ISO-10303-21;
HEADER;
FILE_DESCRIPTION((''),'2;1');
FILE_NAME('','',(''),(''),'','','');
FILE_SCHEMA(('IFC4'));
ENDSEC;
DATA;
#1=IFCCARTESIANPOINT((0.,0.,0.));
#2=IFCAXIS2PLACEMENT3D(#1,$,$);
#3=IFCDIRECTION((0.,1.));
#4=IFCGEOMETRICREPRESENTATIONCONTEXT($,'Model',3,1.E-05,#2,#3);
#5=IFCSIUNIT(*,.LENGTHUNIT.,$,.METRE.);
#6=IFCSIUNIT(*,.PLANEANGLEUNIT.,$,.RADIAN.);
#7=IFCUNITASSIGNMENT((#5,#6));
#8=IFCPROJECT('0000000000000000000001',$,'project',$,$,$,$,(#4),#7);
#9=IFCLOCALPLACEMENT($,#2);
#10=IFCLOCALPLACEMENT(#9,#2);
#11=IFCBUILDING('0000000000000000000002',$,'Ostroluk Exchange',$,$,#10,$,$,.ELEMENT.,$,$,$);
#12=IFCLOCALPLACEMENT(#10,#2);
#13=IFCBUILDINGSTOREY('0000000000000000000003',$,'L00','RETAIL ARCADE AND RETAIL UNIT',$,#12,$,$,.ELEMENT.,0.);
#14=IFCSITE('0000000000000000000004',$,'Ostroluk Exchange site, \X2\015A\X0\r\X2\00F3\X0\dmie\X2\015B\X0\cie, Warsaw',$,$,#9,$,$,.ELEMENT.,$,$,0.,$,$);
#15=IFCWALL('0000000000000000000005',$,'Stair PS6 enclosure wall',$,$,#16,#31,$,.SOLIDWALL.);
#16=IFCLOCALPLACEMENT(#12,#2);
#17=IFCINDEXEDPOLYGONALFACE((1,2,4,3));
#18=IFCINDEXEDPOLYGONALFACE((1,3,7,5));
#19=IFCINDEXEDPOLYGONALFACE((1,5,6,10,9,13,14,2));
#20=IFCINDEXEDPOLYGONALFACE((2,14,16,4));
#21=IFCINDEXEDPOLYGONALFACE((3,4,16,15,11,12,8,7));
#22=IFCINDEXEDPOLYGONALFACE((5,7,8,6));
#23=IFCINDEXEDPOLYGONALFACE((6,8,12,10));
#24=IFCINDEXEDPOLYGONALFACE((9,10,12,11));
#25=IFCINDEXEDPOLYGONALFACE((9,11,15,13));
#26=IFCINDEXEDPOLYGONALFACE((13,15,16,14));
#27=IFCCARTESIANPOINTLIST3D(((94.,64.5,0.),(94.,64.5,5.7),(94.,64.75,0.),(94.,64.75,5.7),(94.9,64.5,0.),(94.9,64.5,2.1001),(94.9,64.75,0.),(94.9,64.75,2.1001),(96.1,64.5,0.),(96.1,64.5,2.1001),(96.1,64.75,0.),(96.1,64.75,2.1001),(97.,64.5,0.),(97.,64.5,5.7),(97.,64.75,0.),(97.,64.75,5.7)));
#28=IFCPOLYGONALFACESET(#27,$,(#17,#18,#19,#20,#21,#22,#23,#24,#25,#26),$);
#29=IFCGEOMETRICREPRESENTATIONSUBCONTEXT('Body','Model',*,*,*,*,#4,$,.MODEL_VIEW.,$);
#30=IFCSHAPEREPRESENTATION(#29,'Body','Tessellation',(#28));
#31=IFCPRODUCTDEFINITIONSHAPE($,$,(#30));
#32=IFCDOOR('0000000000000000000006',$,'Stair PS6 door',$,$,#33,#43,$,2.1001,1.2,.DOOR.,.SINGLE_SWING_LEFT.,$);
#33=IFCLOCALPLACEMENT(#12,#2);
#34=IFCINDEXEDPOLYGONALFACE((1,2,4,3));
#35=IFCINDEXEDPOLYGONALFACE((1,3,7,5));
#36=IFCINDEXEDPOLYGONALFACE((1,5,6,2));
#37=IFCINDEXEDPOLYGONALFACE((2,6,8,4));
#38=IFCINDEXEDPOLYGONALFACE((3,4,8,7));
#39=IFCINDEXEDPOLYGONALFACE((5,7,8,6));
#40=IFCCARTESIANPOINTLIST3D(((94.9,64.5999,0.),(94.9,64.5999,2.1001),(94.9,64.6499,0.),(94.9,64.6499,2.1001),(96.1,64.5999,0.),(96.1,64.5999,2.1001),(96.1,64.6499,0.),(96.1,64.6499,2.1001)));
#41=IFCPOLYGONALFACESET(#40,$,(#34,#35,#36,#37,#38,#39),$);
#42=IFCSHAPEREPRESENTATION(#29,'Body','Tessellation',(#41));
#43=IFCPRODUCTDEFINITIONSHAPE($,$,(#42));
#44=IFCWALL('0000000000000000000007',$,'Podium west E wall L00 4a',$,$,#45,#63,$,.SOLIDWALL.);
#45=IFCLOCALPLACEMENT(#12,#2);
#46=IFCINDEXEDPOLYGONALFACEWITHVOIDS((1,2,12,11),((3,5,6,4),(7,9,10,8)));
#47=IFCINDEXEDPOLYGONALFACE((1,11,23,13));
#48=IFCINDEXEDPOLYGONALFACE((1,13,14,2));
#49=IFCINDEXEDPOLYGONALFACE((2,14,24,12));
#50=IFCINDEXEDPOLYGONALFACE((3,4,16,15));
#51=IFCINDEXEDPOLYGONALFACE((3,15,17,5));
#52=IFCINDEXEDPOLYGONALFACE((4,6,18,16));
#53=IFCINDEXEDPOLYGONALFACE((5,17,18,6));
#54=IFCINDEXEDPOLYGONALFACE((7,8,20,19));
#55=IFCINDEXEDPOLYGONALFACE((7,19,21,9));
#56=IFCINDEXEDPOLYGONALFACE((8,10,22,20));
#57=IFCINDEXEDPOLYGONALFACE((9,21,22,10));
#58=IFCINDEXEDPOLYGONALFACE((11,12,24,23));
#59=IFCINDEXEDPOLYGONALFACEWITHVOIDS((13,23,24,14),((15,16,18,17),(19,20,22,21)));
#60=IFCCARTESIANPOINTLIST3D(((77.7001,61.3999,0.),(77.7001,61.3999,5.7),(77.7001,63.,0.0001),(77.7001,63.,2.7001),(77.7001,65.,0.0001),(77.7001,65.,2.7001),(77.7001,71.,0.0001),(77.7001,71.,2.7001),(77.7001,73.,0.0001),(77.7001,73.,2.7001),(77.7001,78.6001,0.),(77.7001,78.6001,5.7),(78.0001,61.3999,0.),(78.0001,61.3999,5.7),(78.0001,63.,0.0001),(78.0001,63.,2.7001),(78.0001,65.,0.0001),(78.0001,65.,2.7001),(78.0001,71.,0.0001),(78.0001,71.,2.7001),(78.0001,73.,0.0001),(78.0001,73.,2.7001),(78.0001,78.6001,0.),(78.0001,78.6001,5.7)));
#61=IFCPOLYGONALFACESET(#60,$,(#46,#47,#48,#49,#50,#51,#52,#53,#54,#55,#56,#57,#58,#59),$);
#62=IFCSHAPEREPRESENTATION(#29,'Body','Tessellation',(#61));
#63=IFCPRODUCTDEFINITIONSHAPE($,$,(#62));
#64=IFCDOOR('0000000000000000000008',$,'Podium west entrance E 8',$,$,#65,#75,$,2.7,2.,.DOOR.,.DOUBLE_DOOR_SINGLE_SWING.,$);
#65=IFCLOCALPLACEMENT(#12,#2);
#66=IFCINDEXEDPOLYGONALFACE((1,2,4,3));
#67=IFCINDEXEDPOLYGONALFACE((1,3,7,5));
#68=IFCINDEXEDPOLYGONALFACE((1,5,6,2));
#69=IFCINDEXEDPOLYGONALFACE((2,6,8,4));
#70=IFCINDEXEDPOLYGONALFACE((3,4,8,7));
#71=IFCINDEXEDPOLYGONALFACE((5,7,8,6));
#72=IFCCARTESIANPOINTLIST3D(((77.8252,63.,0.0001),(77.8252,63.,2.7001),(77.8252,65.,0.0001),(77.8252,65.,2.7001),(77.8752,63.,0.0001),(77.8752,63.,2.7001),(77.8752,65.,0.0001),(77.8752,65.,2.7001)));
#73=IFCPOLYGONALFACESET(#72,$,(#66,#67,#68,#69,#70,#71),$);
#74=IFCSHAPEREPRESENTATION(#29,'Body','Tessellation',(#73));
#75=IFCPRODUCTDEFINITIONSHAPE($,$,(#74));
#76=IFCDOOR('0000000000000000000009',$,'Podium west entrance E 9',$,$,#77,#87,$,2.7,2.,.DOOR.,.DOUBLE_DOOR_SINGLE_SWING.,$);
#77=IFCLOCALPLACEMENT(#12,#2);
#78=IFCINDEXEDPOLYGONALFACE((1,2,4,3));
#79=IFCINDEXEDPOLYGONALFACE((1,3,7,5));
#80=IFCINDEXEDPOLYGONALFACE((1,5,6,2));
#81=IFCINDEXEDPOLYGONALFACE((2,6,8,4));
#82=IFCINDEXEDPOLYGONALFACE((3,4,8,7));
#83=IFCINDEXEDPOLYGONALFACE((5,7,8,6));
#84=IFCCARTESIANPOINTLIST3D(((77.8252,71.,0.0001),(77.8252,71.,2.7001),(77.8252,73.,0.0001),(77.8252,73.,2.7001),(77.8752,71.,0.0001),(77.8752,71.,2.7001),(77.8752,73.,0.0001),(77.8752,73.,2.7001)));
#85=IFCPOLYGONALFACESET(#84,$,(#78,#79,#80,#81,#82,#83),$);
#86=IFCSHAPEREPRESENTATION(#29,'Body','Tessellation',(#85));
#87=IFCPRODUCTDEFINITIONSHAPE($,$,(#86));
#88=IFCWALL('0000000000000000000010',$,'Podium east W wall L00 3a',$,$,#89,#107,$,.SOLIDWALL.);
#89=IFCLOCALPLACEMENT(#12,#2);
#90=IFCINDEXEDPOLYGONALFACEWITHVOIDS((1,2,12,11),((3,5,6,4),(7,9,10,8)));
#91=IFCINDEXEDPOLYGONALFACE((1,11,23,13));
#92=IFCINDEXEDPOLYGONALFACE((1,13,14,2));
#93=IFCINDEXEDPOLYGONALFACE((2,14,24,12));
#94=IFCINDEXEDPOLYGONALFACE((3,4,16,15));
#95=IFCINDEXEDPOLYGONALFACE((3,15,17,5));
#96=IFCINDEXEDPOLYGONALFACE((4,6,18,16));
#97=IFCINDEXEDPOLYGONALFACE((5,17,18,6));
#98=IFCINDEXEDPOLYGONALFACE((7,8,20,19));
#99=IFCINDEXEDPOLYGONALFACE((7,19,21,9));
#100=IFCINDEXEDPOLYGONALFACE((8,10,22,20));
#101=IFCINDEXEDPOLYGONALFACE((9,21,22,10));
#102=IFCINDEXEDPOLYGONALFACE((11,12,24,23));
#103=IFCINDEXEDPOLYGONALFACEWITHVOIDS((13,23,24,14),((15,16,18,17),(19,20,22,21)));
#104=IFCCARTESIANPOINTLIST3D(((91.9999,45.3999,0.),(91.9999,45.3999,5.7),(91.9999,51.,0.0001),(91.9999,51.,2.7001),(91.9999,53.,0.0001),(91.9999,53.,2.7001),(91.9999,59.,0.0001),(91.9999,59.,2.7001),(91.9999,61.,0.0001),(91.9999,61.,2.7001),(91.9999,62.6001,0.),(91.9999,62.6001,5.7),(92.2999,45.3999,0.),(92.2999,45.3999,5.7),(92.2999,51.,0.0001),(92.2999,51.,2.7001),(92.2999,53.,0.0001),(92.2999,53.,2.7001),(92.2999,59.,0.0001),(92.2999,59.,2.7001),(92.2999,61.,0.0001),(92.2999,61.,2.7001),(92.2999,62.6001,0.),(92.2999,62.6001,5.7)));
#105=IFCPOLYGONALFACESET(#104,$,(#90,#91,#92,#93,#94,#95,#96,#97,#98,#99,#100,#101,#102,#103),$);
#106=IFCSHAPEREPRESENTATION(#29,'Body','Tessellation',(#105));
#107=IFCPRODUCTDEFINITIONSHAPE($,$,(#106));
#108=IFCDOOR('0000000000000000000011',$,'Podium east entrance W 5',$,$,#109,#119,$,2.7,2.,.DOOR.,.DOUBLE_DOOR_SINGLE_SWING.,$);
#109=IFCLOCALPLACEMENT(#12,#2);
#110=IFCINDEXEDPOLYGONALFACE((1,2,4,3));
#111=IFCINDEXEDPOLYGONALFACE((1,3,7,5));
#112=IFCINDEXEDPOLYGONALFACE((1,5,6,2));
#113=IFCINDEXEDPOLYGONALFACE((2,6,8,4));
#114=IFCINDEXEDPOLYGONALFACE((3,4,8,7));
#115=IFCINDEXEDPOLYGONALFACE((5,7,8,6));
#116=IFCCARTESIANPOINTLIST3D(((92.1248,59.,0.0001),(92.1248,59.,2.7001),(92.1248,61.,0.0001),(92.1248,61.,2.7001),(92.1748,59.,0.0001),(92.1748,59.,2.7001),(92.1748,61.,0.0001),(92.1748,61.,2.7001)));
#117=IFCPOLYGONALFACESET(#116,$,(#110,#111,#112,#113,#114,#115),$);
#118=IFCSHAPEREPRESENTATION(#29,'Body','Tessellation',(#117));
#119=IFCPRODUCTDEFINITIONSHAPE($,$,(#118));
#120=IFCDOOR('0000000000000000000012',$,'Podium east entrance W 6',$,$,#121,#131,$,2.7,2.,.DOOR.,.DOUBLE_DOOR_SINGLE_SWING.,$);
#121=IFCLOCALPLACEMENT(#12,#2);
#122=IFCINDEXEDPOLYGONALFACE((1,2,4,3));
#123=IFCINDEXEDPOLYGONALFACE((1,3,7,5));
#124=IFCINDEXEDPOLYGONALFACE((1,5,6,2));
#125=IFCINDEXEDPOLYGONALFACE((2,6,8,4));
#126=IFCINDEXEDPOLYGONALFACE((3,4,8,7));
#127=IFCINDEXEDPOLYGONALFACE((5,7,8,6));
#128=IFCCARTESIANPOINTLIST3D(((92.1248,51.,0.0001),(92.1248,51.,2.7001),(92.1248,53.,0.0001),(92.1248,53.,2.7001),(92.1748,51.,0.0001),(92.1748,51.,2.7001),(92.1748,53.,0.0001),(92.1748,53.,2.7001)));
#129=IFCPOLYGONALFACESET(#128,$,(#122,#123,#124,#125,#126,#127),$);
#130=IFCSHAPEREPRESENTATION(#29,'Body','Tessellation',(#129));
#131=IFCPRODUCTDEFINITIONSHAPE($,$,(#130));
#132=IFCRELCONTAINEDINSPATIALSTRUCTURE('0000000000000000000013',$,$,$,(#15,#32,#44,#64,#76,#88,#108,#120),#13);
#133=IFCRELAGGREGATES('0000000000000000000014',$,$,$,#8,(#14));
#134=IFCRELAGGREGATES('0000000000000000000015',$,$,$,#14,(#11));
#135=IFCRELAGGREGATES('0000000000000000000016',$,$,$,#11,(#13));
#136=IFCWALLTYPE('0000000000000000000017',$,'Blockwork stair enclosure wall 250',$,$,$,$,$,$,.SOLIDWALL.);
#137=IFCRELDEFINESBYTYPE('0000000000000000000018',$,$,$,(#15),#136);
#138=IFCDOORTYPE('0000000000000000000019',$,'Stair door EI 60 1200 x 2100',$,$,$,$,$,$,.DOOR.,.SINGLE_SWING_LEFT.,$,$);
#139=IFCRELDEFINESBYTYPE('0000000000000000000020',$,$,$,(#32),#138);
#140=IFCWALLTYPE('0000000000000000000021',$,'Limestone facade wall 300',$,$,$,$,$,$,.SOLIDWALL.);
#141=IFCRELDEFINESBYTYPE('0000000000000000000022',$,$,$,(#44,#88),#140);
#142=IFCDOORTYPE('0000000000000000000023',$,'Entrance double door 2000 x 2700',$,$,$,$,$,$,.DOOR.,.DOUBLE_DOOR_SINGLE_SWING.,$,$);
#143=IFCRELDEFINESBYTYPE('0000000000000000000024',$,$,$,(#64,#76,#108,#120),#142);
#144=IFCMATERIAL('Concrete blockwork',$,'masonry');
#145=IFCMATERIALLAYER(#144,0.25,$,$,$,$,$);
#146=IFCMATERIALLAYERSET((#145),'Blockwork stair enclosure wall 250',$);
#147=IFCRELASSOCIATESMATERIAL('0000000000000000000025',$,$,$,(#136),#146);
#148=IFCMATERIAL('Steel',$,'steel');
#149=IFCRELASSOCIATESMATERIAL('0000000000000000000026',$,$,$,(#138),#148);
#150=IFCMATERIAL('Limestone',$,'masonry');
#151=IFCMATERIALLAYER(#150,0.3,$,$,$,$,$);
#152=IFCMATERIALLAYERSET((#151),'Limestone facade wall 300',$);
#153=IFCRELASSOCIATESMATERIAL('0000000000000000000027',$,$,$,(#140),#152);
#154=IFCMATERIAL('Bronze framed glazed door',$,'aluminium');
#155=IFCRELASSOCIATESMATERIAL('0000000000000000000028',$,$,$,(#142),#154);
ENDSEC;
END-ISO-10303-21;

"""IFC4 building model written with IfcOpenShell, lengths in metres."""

from ifc_helpers import new_model, si_unit, direction, frame, frame_2d, origin, place, context, subcontext, project, spatial, rectangle, extrude, material, layer, layer_set, type_object, element, fill, save


model = new_model("IFC4")

# Units and contexts
model_context = context("Model", 3, precision=1e-05, world=origin(), true_north=direction((0.0, 1.0)))
body_context = subcontext(model_context, "Body", "Model", "MODEL_VIEW")
ifc_project = project(units=[si_unit("LENGTHUNIT", "METRE"), si_unit("PLANEANGLEUNIT", "RADIAN")], contexts=[model_context])

# Site, building, storey
site_placement = place(None, origin())
site = spatial("IfcSite", under=ifc_project, at=site_placement, Name="Ostroluk Exchange site, Śródmieście, Warsaw", CompositionType="ELEMENT", RefElevation=0.0)
building_placement = place(site_placement, origin())
building = spatial("IfcBuilding", under=site, at=building_placement, Name="Ostroluk Exchange", CompositionType="ELEMENT")
storey_placement = place(building_placement, origin())
storey = spatial("IfcBuildingStorey", under=building, at=storey_placement, Name="L00", Description="RETAIL ARCADE AND RETAIL UNIT", CompositionType="ELEMENT", Elevation=0.0)

# Shared definitions
ifc_material_1 = material(Name="Concrete blockwork", Category="masonry")
ifc_layer_1 = layer(ifc_material_1, 0.25)
ifc_layer_set_1 = layer_set([ifc_layer_1], Name="Blockwork stair enclosure wall 250")
wall_type_1 = type_object("IfcWallType", Name="Blockwork stair enclosure wall 250", PredefinedType="SOLIDWALL", material=ifc_layer_set_1)

# Wall, opening, door
wall_1_placement = place(storey_placement, frame((94.0, 64.625, 0.0), z_axis=(0.0, 0.0, 1.0), x_axis=(1.0, 0.0, 0.0)))
wall_1 = element("IfcWall", 1, at=wall_1_placement, inside=storey, type_object=wall_type_1, Name="Stair PS6 enclosure wall", PredefinedType="SOLIDWALL", context=body_context, shape_type="SweptSolid", body=[
    extrude(rectangle(XDim=3.0, YDim=0.25, at=frame_2d((1.5, 0.0))), origin(), (0.0, 0.0, 1.0), 5.7),
])
opening_1_placement = place(wall_1_placement, frame((0.8999, 0.0, 0.0)))
opening_1 = element("IfcOpeningElement", 2, at=opening_1_placement, cuts=wall_1, PredefinedType="OPENING", context=body_context, shape_type="SweptSolid", body=[
    extrude(rectangle(XDim=1.2, YDim=2.1001, at=frame_2d((0.6001, 1.05))), frame((0.0, 0.135, 0.0), z_axis=(0.0, -1.0, 0.0), x_axis=(1.0, 0.0, 0.0)), (0.0, 0.0, 1.0), 0.27),
])
ifc_material_2 = material(Name="Steel", Category="steel")
door_type_1 = type_object("IfcDoorType", Name="Stair door EI 60 1200 x 2100", OperationType="SINGLE_SWING_LEFT", PredefinedType="DOOR", material=ifc_material_2)
door_1_placement = place(opening_1_placement, origin())
door_1 = element("IfcDoor", 3, at=door_1_placement, inside=storey, type_object=door_type_1, Name="Stair PS6 door", OperationType="SINGLE_SWING_LEFT", OverallHeight=2.1001, OverallWidth=1.2, PredefinedType="DOOR", context=body_context, shape_type="SweptSolid", body=[
    extrude(rectangle(XDim=1.2, YDim=2.1001, at=frame_2d((0.6001, 1.05))), frame((0.0, 0.0249, 0.0), z_axis=(0.0, -1.0, 0.0), x_axis=(1.0, 0.0, 0.0)), (0.0, 0.0, 1.0), 0.05),
])
fill(opening_1, door_1)

# Walls, openings, doors
ifc_material_3 = material(Name="Limestone", Category="masonry")
ifc_layer_2 = layer(ifc_material_3, 0.3)
ifc_layer_set_2 = layer_set([ifc_layer_2], Name="Limestone facade wall 300")
wall_type_2 = type_object("IfcWallType", Name="Limestone facade wall 300", PredefinedType="SOLIDWALL", material=ifc_layer_set_2)
wall_2_placement = place(storey_placement, frame((77.8501, 61.3999, 0.0), z_axis=(0.0, 0.0, 1.0), x_axis=(0.0, 1.0, 0.0)))
wall_2 = element("IfcWall", 4, at=wall_2_placement, inside=storey, type_object=wall_type_2, Name="Podium west E wall L00 4a", PredefinedType="SOLIDWALL", context=body_context, shape_type="SweptSolid", body=[
    extrude(rectangle(XDim=17.2002, YDim=0.3, at=frame_2d((8.6001, 0.0))), origin(), (0.0, 0.0, 1.0), 5.7),
])
opening_2_placement = place(wall_2_placement, frame((1.6001, 0.0, 0.0)))
opening_2 = element("IfcOpeningElement", 5, at=opening_2_placement, cuts=wall_2, PredefinedType="OPENING", context=body_context, shape_type="SweptSolid", body=[
    extrude(rectangle(XDim=2.0, YDim=2.7, at=frame_2d((1.0, 1.3501))), frame((0.0, 0.1599, 0.0), z_axis=(0.0, -1.0, 0.0), x_axis=(1.0, 0.0, 0.0)), (0.0, 0.0, 1.0), 0.3201),
])
opening_3_placement = place(wall_2_placement, frame((9.6001, 0.0, 0.0)))
opening_3 = element("IfcOpeningElement", 6, at=opening_3_placement, cuts=wall_2, PredefinedType="OPENING", context=body_context, shape_type="SweptSolid", body=[
    extrude(rectangle(XDim=2.0, YDim=2.7, at=frame_2d((1.0, 1.3501))), frame((0.0, 0.1599, 0.0), z_axis=(0.0, -1.0, 0.0), x_axis=(1.0, 0.0, 0.0)), (0.0, 0.0, 1.0), 0.3201),
])
ifc_material_4 = material(Name="Bronze framed glazed door", Category="aluminium")
door_type_2 = type_object("IfcDoorType", Name="Entrance double door 2000 x 2700", OperationType="DOUBLE_DOOR_SINGLE_SWING", PredefinedType="DOOR", material=ifc_material_4)
door_2_placement = place(opening_2_placement, origin())
door_2 = element("IfcDoor", 7, at=door_2_placement, inside=storey, type_object=door_type_2, Name="Podium west entrance E 8", OperationType="DOUBLE_DOOR_SINGLE_SWING", OverallHeight=2.7, OverallWidth=2.0, PredefinedType="DOOR", context=body_context, shape_type="SweptSolid", body=[
    extrude(rectangle(XDim=2.0, YDim=2.7, at=frame_2d((1.0, 1.3501))), frame((0.0, 0.0249, 0.0), z_axis=(0.0, -1.0, 0.0), x_axis=(1.0, 0.0, 0.0)), (0.0, 0.0, 1.0), 0.05),
])
fill(opening_2, door_2)
door_3_placement = place(opening_3_placement, origin())
door_3 = element("IfcDoor", 8, at=door_3_placement, inside=storey, type_object=door_type_2, Name="Podium west entrance E 9", OperationType="DOUBLE_DOOR_SINGLE_SWING", OverallHeight=2.7, OverallWidth=2.0, PredefinedType="DOOR", context=body_context, shape_type="SweptSolid", body=[
    extrude(rectangle(XDim=2.0, YDim=2.7, at=frame_2d((1.0, 1.3501))), frame((0.0, 0.0249, 0.0), z_axis=(0.0, -1.0, 0.0), x_axis=(1.0, 0.0, 0.0)), (0.0, 0.0, 1.0), 0.05),
])
fill(opening_3, door_3)
wall_3_placement = place(storey_placement, frame((92.1499, 62.6001, 0.0), z_axis=(0.0, 0.0, 1.0), x_axis=(0.0, -1.0, 0.0)))
wall_3 = element("IfcWall", 9, at=wall_3_placement, inside=storey, type_object=wall_type_2, Name="Podium east W wall L00 3a", PredefinedType="SOLIDWALL", context=body_context, shape_type="SweptSolid", body=[
    extrude(rectangle(XDim=17.2002, YDim=0.3, at=frame_2d((8.6001, 0.0))), origin(), (0.0, 0.0, 1.0), 5.7),
])
opening_4_placement = place(wall_3_placement, frame((1.6001, 0.0, 0.0)))
opening_4 = element("IfcOpeningElement", 10, at=opening_4_placement, cuts=wall_3, PredefinedType="OPENING", context=body_context, shape_type="SweptSolid", body=[
    extrude(rectangle(XDim=2.0, YDim=2.7, at=frame_2d((1.0, 1.3501))), frame((0.0, 0.1599, 0.0), z_axis=(0.0, -1.0, 0.0), x_axis=(1.0, 0.0, 0.0)), (0.0, 0.0, 1.0), 0.3201),
])
opening_5_placement = place(wall_3_placement, frame((9.6001, 0.0, 0.0)))
opening_5 = element("IfcOpeningElement", 11, at=opening_5_placement, cuts=wall_3, PredefinedType="OPENING", context=body_context, shape_type="SweptSolid", body=[
    extrude(rectangle(XDim=2.0, YDim=2.7, at=frame_2d((1.0, 1.3501))), frame((0.0, 0.1599, 0.0), z_axis=(0.0, -1.0, 0.0), x_axis=(1.0, 0.0, 0.0)), (0.0, 0.0, 1.0), 0.3201),
])
door_4_placement = place(opening_4_placement, origin())
door_4 = element("IfcDoor", 12, at=door_4_placement, inside=storey, type_object=door_type_2, Name="Podium east entrance W 5", OperationType="DOUBLE_DOOR_SINGLE_SWING", OverallHeight=2.7, OverallWidth=2.0, PredefinedType="DOOR", context=body_context, shape_type="SweptSolid", body=[
    extrude(rectangle(XDim=2.0, YDim=2.7, at=frame_2d((1.0, 1.3501))), frame((0.0, 0.0249, 0.0), z_axis=(0.0, -1.0, 0.0), x_axis=(1.0, 0.0, 0.0)), (0.0, 0.0, 1.0), 0.05),
])
fill(opening_4, door_4)
door_5_placement = place(opening_5_placement, origin())
door_5 = element("IfcDoor", 13, at=door_5_placement, inside=storey, type_object=door_type_2, Name="Podium east entrance W 6", OperationType="DOUBLE_DOOR_SINGLE_SWING", OverallHeight=2.7, OverallWidth=2.0, PredefinedType="DOOR", context=body_context, shape_type="SweptSolid", body=[
    extrude(rectangle(XDim=2.0, YDim=2.7, at=frame_2d((1.0, 1.3501))), frame((0.0, 0.0249, 0.0), z_axis=(0.0, -1.0, 0.0), x_axis=(1.0, 0.0, 0.0)), (0.0, 0.0, 1.0), 0.05),
])
fill(opening_5, door_5)

save(model, "model.ifc")
